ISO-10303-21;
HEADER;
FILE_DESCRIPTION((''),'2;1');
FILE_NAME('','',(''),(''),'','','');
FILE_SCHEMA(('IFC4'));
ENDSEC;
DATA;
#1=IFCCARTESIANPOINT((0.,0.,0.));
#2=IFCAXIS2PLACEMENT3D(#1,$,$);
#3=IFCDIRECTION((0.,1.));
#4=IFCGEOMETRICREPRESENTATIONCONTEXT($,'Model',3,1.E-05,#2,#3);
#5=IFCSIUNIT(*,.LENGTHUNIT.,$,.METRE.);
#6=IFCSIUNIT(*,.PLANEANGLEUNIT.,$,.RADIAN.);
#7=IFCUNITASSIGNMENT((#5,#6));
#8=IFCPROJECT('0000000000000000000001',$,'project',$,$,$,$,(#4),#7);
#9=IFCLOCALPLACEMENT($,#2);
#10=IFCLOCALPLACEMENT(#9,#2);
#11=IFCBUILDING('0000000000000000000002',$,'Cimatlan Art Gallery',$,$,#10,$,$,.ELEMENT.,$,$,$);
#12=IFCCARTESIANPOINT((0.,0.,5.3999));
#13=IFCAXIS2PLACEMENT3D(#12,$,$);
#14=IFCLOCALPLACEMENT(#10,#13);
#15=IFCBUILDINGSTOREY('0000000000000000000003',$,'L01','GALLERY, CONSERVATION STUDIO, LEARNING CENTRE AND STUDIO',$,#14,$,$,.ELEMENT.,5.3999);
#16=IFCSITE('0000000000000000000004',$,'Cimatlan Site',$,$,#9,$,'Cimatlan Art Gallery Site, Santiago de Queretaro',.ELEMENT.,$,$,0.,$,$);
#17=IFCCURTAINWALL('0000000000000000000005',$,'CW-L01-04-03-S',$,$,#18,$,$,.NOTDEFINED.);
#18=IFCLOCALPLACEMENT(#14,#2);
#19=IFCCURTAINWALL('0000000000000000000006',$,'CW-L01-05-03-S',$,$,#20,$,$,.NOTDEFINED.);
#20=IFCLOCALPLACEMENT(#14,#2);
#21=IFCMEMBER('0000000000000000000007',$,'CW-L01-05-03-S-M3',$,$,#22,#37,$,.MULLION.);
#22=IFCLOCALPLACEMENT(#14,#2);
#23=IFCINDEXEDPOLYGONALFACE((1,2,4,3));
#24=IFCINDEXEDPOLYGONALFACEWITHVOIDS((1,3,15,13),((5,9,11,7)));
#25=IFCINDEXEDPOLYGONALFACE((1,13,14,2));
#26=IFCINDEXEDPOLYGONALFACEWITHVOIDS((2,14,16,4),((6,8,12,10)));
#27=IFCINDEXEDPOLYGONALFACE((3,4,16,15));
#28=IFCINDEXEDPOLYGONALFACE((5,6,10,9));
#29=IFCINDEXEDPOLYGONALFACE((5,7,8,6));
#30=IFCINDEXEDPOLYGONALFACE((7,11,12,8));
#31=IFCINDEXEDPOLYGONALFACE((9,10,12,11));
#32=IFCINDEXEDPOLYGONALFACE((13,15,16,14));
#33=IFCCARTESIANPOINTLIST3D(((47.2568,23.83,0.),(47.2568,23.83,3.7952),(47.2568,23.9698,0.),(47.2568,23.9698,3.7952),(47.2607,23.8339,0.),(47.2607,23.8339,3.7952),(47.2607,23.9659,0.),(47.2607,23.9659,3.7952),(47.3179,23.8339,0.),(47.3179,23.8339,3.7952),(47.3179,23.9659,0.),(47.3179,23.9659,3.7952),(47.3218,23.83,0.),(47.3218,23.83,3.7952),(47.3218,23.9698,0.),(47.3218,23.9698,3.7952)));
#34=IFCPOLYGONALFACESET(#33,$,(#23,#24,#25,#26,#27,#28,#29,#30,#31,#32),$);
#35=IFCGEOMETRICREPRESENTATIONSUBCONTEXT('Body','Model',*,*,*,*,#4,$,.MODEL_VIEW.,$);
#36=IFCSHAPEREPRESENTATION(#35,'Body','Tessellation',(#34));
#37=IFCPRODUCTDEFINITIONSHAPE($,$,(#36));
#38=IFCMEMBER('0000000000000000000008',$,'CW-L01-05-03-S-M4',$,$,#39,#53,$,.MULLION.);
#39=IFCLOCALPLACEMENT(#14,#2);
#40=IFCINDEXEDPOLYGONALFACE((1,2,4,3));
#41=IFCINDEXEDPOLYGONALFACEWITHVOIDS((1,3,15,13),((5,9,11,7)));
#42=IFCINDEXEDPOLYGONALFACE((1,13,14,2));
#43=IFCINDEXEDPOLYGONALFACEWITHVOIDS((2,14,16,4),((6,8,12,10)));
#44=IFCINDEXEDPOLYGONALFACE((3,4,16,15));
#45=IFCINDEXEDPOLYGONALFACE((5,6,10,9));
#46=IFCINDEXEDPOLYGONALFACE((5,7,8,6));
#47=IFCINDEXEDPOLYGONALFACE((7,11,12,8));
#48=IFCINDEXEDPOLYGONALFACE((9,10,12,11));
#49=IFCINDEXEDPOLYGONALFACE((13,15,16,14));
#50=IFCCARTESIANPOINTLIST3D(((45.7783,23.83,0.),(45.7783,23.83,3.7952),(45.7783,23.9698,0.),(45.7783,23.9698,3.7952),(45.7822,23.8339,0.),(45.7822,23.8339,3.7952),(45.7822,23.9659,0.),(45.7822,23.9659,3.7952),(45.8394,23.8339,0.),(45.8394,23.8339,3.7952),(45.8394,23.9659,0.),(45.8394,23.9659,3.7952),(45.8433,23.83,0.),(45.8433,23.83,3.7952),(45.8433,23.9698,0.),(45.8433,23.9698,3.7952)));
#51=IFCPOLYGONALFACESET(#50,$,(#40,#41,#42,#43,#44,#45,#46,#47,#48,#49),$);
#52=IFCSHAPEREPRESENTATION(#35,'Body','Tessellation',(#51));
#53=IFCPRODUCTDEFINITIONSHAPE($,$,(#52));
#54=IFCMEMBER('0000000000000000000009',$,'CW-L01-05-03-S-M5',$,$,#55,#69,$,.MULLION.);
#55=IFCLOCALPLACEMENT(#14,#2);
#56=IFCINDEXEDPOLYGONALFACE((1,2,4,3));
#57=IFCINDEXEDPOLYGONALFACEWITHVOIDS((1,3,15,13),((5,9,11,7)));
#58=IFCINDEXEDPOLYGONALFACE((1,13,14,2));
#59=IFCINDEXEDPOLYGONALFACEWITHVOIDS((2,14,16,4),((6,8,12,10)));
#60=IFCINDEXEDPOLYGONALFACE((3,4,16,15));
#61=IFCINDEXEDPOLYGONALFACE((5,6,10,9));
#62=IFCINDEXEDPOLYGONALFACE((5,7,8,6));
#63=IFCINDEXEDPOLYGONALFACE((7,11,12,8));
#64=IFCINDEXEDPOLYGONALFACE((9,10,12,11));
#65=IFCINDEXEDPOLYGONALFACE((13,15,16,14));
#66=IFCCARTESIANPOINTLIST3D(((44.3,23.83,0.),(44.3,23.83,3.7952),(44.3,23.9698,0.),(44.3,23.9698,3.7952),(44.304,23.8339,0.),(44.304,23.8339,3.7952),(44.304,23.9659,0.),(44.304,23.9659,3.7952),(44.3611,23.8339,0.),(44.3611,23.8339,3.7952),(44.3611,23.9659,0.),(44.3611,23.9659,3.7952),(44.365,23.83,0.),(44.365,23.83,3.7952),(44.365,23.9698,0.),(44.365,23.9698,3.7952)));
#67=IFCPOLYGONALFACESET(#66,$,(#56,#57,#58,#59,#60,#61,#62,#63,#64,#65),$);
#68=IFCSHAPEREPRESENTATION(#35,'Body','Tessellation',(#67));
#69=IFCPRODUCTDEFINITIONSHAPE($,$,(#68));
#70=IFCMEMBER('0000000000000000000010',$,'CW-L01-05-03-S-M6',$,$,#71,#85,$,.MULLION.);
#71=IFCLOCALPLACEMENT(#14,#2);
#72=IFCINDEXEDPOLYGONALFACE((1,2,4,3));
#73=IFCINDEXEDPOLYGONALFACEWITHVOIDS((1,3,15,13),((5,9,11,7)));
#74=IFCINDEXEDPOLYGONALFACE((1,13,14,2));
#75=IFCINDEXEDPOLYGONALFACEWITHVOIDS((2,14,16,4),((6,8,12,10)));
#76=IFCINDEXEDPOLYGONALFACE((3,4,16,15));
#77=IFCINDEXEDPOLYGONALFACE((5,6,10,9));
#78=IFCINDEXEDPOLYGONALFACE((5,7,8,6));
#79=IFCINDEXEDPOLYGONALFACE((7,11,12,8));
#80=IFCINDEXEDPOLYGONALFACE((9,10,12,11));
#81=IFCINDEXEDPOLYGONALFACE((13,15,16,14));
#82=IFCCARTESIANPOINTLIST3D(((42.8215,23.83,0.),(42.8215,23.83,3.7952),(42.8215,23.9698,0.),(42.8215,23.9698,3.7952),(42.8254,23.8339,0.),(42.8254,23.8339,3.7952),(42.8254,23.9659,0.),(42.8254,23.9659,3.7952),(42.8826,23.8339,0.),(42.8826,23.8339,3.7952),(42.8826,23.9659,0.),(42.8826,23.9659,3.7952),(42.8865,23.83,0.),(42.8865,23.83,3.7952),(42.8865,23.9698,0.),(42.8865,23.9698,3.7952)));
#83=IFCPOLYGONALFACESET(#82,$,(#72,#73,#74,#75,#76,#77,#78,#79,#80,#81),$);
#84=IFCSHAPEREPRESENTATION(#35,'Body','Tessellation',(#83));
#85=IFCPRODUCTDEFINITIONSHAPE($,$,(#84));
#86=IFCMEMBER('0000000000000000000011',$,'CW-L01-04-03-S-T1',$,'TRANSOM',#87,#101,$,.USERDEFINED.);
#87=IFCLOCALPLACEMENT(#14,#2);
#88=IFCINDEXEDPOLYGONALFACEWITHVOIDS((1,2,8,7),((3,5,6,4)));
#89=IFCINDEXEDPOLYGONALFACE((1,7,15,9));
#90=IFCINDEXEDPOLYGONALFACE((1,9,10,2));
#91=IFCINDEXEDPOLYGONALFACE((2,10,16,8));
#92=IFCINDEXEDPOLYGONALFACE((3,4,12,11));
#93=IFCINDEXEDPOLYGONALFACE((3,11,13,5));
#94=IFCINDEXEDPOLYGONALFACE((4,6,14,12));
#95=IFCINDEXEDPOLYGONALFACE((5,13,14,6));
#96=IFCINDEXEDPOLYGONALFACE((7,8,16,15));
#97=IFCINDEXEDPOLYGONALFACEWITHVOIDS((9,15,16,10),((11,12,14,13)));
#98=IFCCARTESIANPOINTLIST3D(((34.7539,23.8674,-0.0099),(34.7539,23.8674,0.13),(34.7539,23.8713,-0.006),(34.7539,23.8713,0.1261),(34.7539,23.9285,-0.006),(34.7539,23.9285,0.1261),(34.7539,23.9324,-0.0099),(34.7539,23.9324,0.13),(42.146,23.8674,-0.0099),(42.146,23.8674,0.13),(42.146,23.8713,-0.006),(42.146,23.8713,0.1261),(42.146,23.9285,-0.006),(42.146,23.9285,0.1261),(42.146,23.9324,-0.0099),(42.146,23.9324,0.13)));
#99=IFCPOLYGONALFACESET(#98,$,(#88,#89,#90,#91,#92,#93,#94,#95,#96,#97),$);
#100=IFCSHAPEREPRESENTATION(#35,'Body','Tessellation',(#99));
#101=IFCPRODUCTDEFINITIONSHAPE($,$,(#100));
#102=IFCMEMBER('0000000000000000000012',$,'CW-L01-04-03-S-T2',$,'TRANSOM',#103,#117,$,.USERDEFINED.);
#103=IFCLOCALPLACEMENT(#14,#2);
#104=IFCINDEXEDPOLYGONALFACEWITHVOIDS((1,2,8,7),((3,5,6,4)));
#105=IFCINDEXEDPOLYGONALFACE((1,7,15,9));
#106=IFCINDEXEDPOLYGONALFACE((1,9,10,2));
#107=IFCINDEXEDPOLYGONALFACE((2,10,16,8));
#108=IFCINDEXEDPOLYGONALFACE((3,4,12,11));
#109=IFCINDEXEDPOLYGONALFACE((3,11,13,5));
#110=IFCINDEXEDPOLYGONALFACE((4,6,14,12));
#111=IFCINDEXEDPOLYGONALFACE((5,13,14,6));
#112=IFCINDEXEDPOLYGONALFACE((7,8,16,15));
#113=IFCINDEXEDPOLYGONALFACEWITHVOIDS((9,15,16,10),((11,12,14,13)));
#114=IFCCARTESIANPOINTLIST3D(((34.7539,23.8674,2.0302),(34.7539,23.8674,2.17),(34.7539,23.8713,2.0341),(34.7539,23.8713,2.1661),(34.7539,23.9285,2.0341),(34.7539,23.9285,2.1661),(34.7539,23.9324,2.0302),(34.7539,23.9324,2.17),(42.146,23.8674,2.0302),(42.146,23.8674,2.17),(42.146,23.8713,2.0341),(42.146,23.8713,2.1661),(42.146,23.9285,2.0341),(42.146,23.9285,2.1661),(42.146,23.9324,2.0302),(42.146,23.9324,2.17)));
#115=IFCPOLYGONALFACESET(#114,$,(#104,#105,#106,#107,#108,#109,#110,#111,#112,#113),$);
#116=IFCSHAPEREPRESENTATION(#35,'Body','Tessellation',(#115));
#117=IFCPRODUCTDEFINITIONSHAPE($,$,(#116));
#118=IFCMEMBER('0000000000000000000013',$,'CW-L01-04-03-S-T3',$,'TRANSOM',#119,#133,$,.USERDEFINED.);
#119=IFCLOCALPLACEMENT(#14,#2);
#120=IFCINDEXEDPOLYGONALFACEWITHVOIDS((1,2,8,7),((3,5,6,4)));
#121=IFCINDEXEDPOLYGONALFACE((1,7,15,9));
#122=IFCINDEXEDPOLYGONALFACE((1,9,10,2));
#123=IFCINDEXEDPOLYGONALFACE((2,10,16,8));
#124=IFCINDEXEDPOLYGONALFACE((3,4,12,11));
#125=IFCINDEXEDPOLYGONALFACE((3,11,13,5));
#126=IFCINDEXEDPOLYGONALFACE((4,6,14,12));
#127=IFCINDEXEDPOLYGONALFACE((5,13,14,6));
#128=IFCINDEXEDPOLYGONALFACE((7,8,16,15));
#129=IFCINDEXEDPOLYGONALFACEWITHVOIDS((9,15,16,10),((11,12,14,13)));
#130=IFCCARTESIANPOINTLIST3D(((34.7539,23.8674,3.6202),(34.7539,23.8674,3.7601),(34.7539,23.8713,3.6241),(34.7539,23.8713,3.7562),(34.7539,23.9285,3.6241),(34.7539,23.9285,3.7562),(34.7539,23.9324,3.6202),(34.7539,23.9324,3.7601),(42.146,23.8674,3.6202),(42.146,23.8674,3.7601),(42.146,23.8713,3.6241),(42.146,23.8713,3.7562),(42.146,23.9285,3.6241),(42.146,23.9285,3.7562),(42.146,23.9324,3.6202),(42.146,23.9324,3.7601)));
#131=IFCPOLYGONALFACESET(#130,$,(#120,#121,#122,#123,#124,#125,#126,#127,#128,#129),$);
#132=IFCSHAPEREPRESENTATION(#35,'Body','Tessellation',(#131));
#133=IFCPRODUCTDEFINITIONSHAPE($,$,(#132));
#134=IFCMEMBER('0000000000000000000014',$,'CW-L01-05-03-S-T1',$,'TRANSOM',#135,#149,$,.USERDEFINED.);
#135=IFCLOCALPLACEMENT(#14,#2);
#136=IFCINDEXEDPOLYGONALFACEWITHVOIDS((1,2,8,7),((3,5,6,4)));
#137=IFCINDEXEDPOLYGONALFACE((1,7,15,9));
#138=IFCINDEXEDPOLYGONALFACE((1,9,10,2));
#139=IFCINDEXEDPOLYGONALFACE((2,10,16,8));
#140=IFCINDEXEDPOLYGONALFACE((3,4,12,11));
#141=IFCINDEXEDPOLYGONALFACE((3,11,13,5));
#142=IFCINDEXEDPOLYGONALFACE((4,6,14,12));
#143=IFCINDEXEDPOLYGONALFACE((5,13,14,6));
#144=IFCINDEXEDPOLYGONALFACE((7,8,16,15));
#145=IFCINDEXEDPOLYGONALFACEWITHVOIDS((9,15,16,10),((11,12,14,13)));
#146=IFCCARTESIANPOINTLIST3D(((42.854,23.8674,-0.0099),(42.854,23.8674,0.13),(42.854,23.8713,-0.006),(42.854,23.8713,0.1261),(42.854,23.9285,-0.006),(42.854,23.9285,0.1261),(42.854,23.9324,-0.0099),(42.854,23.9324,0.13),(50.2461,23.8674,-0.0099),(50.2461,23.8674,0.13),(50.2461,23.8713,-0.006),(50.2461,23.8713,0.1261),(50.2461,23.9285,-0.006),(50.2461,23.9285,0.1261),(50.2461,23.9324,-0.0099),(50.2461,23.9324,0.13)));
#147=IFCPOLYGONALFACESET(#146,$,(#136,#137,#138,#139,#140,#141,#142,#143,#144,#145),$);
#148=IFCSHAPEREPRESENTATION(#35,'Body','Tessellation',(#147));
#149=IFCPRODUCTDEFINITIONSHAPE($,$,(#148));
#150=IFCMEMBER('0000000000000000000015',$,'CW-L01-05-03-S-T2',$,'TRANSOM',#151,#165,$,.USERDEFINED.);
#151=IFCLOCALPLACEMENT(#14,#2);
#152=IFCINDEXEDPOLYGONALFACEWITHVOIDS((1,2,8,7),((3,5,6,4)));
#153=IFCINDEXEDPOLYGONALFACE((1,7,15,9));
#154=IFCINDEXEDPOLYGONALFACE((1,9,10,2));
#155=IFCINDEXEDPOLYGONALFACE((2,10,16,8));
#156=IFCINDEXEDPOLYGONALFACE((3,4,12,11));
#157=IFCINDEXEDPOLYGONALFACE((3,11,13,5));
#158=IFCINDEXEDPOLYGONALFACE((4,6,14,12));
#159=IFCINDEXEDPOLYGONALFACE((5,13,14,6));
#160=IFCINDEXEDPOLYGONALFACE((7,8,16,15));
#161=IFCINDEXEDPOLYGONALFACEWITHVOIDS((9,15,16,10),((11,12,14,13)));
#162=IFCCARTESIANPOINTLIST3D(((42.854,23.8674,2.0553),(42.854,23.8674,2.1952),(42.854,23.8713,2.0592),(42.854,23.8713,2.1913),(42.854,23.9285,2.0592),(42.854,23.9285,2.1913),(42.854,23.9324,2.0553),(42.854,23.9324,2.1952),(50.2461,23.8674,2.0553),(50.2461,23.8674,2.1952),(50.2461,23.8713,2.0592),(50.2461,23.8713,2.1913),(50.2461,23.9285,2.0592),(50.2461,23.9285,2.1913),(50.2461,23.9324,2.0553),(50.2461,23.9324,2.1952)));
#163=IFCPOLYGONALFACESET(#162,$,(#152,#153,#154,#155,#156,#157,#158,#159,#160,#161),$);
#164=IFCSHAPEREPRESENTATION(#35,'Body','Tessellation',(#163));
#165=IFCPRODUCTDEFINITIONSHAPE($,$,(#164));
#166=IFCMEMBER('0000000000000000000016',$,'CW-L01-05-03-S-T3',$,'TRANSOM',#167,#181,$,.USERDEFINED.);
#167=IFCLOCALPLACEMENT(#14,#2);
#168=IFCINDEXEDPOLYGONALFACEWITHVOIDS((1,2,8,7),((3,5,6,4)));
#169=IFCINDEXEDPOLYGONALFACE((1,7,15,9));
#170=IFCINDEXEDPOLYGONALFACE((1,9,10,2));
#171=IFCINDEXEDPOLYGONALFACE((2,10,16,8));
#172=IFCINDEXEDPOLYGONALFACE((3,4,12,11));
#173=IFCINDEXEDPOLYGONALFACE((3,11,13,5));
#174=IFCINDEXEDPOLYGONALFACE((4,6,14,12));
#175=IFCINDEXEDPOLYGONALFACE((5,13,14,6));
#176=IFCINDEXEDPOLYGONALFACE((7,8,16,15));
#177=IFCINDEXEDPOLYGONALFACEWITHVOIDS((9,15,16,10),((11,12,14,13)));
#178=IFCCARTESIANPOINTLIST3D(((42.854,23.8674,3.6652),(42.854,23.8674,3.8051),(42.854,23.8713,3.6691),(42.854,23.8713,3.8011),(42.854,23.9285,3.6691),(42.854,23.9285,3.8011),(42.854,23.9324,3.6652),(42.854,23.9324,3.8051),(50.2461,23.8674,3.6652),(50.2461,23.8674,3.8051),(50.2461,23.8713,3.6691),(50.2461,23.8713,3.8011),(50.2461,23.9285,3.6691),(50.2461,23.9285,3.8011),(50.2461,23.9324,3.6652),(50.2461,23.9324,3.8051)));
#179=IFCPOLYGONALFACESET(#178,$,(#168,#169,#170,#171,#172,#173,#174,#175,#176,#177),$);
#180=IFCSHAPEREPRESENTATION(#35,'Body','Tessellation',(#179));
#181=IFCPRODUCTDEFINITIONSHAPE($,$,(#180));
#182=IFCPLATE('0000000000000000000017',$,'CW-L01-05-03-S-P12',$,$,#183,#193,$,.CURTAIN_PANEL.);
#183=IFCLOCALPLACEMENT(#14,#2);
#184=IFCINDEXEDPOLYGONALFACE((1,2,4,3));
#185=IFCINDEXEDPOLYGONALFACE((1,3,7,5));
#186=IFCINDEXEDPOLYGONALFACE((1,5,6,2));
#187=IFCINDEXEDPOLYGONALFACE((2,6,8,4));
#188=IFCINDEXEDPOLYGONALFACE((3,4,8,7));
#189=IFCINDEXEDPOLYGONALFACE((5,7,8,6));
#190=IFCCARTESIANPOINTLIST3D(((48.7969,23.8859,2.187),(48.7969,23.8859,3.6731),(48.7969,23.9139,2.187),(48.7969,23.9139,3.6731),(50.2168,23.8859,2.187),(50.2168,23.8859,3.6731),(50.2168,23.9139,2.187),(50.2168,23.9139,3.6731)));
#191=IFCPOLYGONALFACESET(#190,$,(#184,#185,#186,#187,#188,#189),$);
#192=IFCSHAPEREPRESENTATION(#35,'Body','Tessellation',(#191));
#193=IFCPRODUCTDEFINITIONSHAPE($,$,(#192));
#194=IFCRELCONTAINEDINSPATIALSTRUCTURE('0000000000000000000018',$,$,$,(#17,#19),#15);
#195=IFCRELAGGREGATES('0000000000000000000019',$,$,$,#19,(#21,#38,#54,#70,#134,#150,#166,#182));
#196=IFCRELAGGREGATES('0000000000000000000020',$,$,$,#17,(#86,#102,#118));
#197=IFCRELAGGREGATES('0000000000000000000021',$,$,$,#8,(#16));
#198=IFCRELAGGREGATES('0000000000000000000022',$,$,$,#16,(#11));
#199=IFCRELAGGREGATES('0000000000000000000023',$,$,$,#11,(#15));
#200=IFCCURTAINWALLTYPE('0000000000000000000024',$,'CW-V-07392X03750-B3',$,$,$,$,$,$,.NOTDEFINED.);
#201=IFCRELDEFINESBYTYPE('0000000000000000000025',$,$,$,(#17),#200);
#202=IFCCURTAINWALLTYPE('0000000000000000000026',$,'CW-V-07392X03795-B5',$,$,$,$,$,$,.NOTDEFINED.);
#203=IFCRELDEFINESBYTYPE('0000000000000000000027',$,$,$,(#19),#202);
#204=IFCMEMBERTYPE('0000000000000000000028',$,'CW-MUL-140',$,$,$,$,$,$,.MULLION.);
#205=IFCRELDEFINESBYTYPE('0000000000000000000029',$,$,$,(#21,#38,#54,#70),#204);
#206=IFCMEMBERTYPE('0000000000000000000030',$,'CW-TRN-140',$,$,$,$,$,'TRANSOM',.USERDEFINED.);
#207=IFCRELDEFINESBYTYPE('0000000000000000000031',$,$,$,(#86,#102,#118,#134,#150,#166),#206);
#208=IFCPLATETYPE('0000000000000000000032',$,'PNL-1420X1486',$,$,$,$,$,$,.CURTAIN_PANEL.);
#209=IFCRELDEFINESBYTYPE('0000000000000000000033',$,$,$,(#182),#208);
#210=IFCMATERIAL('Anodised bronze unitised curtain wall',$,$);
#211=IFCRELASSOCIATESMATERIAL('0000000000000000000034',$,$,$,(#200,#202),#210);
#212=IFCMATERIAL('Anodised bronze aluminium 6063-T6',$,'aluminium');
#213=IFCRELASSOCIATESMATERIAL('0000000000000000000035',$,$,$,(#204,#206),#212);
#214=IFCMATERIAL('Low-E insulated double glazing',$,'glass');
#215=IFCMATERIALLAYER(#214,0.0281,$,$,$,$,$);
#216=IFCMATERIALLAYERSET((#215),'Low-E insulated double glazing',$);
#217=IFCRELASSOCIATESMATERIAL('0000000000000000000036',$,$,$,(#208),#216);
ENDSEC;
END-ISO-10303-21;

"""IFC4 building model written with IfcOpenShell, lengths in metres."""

from ifc_helpers import new_model, si_unit, direction, frame, origin, origin_2d, place, context, subcontext, project, spatial, rectangle, hollow_rectangle, extrude, material, layer, layer_set, material_profile, profile_set, type_object, element, aggregate, save


model = new_model("IFC4")

# Units and contexts
model_context = context("Model", 3, precision=1e-05, world=origin(), true_north=direction((0.0, 1.0)))
body_context = subcontext(model_context, "Body", "Model", "MODEL_VIEW")
ifc_project = project(units=[si_unit("LENGTHUNIT", "METRE"), si_unit("PLANEANGLEUNIT", "RADIAN")], contexts=[model_context])

# Site, building, storey
site_placement = place(None, origin())
site = spatial("IfcSite", under=ifc_project, at=site_placement, Name="Cimatlan Site", LongName="Cimatlan Art Gallery Site, Santiago de Queretaro", CompositionType="ELEMENT", RefElevation=0.0)
building_placement = place(site_placement, origin())
building = spatial("IfcBuilding", under=site, at=building_placement, Name="Cimatlan Art Gallery", CompositionType="ELEMENT")
storey_placement = place(building_placement, frame((0.0, 0.0, 5.3999)))
storey = spatial("IfcBuildingStorey", under=building, at=storey_placement, Name="L01", Description="GALLERY, CONSERVATION STUDIO, LEARNING CENTRE AND STUDIO", CompositionType="ELEMENT", Elevation=5.3999)

# Curtain wall
ifc_material_1 = material(Name="Anodised bronze unitised curtain wall")
curtain_wall_type_1 = type_object("IfcCurtainWallType", Name="CW-V-07392X03750-B3", PredefinedType="NOTDEFINED", material=ifc_material_1)
curtain_wall_1_placement = place(storey_placement, origin())
curtain_wall_1 = element("IfcCurtainWall", 1, at=curtain_wall_1_placement, inside=storey, type_object=curtain_wall_type_1, Name="CW-L01-04-03-S", PredefinedType="NOTDEFINED")
ifc_material_2 = material(Name="Anodised bronze aluminium 6063-T6", Category="aluminium")
ifc_material_profile_1 = material_profile(ifc_material_2, hollow_rectangle(XDim=0.0649, YDim=0.1399, WallThickness=0.0039, at=origin_2d()), Name="ALU65X140X4")
ifc_profile_set_1 = profile_set([ifc_material_profile_1], Name="Anodised bronze aluminium 6063-T6")
member_type_1 = type_object("IfcMemberType", Name="CW-MUL-140", PredefinedType="MULLION", material=ifc_profile_set_1)

# Curtain wall, members
curtain_wall_type_2 = type_object("IfcCurtainWallType", Name="CW-V-07392X03795-B5", PredefinedType="NOTDEFINED", material=ifc_material_1)
curtain_wall_2_placement = place(storey_placement, origin())
curtain_wall_2 = element("IfcCurtainWall", 2, at=curtain_wall_2_placement, inside=storey, type_object=curtain_wall_type_2, Name="CW-L01-05-03-S", PredefinedType="NOTDEFINED")
member_1_placement = place(storey_placement, frame((47.2893, 23.8999, 0.0), z_axis=(0.0, 0.0, 1.0), x_axis=(1.0, 0.0, 0.0)))
member_1 = element("IfcMember", 3, at=member_1_placement, type_object=member_type_1, Name="CW-L01-05-03-S-M3", PredefinedType="MULLION", context=body_context, shape_type="SweptSolid", body=[
    extrude(hollow_rectangle(XDim=0.0649, YDim=0.1399, WallThickness=0.0039, at=origin_2d()), origin(), (0.0, 0.0, 1.0), 3.7952),
])
member_2_placement = place(storey_placement, frame((45.8108, 23.8999, 0.0), z_axis=(0.0, 0.0, 1.0), x_axis=(1.0, 0.0, 0.0)))
member_2 = element("IfcMember", 4, at=member_2_placement, type_object=member_type_1, Name="CW-L01-05-03-S-M4", PredefinedType="MULLION", context=body_context, shape_type="SweptSolid", body=[
    extrude(hollow_rectangle(XDim=0.0649, YDim=0.1399, WallThickness=0.0039, at=origin_2d()), origin(), (0.0, 0.0, 1.0), 3.7952),
])
member_3_placement = place(storey_placement, frame((44.3325, 23.8999, 0.0), z_axis=(0.0, 0.0, 1.0), x_axis=(1.0, 0.0, 0.0)))
member_3 = element("IfcMember", 5, at=member_3_placement, type_object=member_type_1, Name="CW-L01-05-03-S-M5", PredefinedType="MULLION", context=body_context, shape_type="SweptSolid", body=[
    extrude(hollow_rectangle(XDim=0.0649, YDim=0.1399, WallThickness=0.0039, at=origin_2d()), origin(), (0.0, 0.0, 1.0), 3.7952),
])
member_4_placement = place(storey_placement, frame((42.854, 23.8999, 0.0), z_axis=(0.0, 0.0, 1.0), x_axis=(1.0, 0.0, 0.0)))
member_4 = element("IfcMember", 6, at=member_4_placement, type_object=member_type_1, Name="CW-L01-05-03-S-M6", PredefinedType="MULLION", context=body_context, shape_type="SweptSolid", body=[
    extrude(hollow_rectangle(XDim=0.0649, YDim=0.1399, WallThickness=0.0039, at=origin_2d()), origin(), (0.0, 0.0, 1.0), 3.7952),
])

# Members
ifc_material_profile_2 = material_profile(ifc_material_2, hollow_rectangle(XDim=0.0649, YDim=0.1399, WallThickness=0.0039, at=origin_2d()), Name="ALU65X140X4")
ifc_profile_set_2 = profile_set([ifc_material_profile_2], Name="Anodised bronze aluminium 6063-T6")
member_type_2 = type_object("IfcMemberType", Name="CW-TRN-140", ElementType="TRANSOM", PredefinedType="USERDEFINED", material=ifc_profile_set_2)
member_5_placement = place(storey_placement, frame((42.146, 23.8999, 0.0601), z_axis=(-1.0, 0.0, 0.0), x_axis=(0.0, -1.0, 0.0)))
member_5 = element("IfcMember", 7, at=member_5_placement, type_object=member_type_2, Name="CW-L01-04-03-S-T1", ObjectType="TRANSOM", PredefinedType="USERDEFINED", context=body_context, shape_type="SweptSolid", body=[
    extrude(hollow_rectangle(XDim=0.0649, YDim=0.1399, WallThickness=0.0039, at=origin_2d()), origin(), (0.0, 0.0, 1.0), 7.3921),
])
member_6_placement = place(storey_placement, frame((42.146, 23.8999, 2.1001), z_axis=(-1.0, 0.0, 0.0), x_axis=(0.0, -1.0, 0.0)))
member_6 = element("IfcMember", 8, at=member_6_placement, type_object=member_type_2, Name="CW-L01-04-03-S-T2", ObjectType="TRANSOM", PredefinedType="USERDEFINED", context=body_context, shape_type="SweptSolid", body=[
    extrude(hollow_rectangle(XDim=0.0649, YDim=0.1399, WallThickness=0.0039, at=origin_2d()), origin(), (0.0, 0.0, 1.0), 7.3921),
])
member_7_placement = place(storey_placement, frame((42.146, 23.8999, 3.6902), z_axis=(-1.0, 0.0, 0.0), x_axis=(0.0, -1.0, 0.0)))
member_7 = element("IfcMember", 9, at=member_7_placement, type_object=member_type_2, Name="CW-L01-04-03-S-T3", ObjectType="TRANSOM", PredefinedType="USERDEFINED", context=body_context, shape_type="SweptSolid", body=[
    extrude(hollow_rectangle(XDim=0.0649, YDim=0.1399, WallThickness=0.0039, at=origin_2d()), origin(), (0.0, 0.0, 1.0), 7.3921),
])
member_8_placement = place(storey_placement, frame((50.2461, 23.8999, 0.0601), z_axis=(-1.0, 0.0, 0.0), x_axis=(0.0, -1.0, 0.0)))
member_8 = element("IfcMember", 10, at=member_8_placement, type_object=member_type_2, Name="CW-L01-05-03-S-T1", ObjectType="TRANSOM", PredefinedType="USERDEFINED", context=body_context, shape_type="SweptSolid", body=[
    extrude(hollow_rectangle(XDim=0.0649, YDim=0.1399, WallThickness=0.0039, at=origin_2d()), origin(), (0.0, 0.0, 1.0), 7.3921),
])
member_9_placement = place(storey_placement, frame((50.2461, 23.8999, 2.1252), z_axis=(-1.0, 0.0, 0.0), x_axis=(0.0, -1.0, 0.0)))
member_9 = element("IfcMember", 11, at=member_9_placement, type_object=member_type_2, Name="CW-L01-05-03-S-T2", ObjectType="TRANSOM", PredefinedType="USERDEFINED", context=body_context, shape_type="SweptSolid", body=[
    extrude(hollow_rectangle(XDim=0.0649, YDim=0.1399, WallThickness=0.0039, at=origin_2d()), origin(), (0.0, 0.0, 1.0), 7.3921),
])
member_10_placement = place(storey_placement, frame((50.2461, 23.8999, 3.7351), z_axis=(-1.0, 0.0, 0.0), x_axis=(0.0, -1.0, 0.0)))
member_10 = element("IfcMember", 12, at=member_10_placement, type_object=member_type_2, Name="CW-L01-05-03-S-T3", ObjectType="TRANSOM", PredefinedType="USERDEFINED", context=body_context, shape_type="SweptSolid", body=[
    extrude(hollow_rectangle(XDim=0.0649, YDim=0.1399, WallThickness=0.0039, at=origin_2d()), origin(), (0.0, 0.0, 1.0), 7.3921),
])

# Plate
ifc_material_3 = material(Name="Low-E insulated double glazing", Category="glass")
ifc_layer_1 = layer(ifc_material_3, 0.0281)
ifc_layer_set_1 = layer_set([ifc_layer_1], Name="Low-E insulated double glazing")
plate_type_1 = type_object("IfcPlateType", Name="PNL-1420X1486", PredefinedType="CURTAIN_PANEL", material=ifc_layer_set_1)
plate_1_placement = place(storey_placement, frame((49.5068, 23.8999, 2.187), z_axis=(0.0, 0.0, 1.0), x_axis=(-1.0, 0.0, 0.0)))
plate_1 = element("IfcPlate", 13, at=plate_1_placement, type_object=plate_type_1, Name="CW-L01-05-03-S-P12", PredefinedType="CURTAIN_PANEL", context=body_context, shape_type="SweptSolid", body=[
    extrude(rectangle(XDim=1.4199, YDim=0.0281, at=origin_2d()), origin(), (0.0, 0.0, 1.0), 1.4861),
])
aggregate(curtain_wall_2, [member_1, member_2, member_3, member_4, member_8, member_9, member_10, plate_1])
aggregate(curtain_wall_1, [member_5, member_6, member_7])

save(model, "model.ifc")
